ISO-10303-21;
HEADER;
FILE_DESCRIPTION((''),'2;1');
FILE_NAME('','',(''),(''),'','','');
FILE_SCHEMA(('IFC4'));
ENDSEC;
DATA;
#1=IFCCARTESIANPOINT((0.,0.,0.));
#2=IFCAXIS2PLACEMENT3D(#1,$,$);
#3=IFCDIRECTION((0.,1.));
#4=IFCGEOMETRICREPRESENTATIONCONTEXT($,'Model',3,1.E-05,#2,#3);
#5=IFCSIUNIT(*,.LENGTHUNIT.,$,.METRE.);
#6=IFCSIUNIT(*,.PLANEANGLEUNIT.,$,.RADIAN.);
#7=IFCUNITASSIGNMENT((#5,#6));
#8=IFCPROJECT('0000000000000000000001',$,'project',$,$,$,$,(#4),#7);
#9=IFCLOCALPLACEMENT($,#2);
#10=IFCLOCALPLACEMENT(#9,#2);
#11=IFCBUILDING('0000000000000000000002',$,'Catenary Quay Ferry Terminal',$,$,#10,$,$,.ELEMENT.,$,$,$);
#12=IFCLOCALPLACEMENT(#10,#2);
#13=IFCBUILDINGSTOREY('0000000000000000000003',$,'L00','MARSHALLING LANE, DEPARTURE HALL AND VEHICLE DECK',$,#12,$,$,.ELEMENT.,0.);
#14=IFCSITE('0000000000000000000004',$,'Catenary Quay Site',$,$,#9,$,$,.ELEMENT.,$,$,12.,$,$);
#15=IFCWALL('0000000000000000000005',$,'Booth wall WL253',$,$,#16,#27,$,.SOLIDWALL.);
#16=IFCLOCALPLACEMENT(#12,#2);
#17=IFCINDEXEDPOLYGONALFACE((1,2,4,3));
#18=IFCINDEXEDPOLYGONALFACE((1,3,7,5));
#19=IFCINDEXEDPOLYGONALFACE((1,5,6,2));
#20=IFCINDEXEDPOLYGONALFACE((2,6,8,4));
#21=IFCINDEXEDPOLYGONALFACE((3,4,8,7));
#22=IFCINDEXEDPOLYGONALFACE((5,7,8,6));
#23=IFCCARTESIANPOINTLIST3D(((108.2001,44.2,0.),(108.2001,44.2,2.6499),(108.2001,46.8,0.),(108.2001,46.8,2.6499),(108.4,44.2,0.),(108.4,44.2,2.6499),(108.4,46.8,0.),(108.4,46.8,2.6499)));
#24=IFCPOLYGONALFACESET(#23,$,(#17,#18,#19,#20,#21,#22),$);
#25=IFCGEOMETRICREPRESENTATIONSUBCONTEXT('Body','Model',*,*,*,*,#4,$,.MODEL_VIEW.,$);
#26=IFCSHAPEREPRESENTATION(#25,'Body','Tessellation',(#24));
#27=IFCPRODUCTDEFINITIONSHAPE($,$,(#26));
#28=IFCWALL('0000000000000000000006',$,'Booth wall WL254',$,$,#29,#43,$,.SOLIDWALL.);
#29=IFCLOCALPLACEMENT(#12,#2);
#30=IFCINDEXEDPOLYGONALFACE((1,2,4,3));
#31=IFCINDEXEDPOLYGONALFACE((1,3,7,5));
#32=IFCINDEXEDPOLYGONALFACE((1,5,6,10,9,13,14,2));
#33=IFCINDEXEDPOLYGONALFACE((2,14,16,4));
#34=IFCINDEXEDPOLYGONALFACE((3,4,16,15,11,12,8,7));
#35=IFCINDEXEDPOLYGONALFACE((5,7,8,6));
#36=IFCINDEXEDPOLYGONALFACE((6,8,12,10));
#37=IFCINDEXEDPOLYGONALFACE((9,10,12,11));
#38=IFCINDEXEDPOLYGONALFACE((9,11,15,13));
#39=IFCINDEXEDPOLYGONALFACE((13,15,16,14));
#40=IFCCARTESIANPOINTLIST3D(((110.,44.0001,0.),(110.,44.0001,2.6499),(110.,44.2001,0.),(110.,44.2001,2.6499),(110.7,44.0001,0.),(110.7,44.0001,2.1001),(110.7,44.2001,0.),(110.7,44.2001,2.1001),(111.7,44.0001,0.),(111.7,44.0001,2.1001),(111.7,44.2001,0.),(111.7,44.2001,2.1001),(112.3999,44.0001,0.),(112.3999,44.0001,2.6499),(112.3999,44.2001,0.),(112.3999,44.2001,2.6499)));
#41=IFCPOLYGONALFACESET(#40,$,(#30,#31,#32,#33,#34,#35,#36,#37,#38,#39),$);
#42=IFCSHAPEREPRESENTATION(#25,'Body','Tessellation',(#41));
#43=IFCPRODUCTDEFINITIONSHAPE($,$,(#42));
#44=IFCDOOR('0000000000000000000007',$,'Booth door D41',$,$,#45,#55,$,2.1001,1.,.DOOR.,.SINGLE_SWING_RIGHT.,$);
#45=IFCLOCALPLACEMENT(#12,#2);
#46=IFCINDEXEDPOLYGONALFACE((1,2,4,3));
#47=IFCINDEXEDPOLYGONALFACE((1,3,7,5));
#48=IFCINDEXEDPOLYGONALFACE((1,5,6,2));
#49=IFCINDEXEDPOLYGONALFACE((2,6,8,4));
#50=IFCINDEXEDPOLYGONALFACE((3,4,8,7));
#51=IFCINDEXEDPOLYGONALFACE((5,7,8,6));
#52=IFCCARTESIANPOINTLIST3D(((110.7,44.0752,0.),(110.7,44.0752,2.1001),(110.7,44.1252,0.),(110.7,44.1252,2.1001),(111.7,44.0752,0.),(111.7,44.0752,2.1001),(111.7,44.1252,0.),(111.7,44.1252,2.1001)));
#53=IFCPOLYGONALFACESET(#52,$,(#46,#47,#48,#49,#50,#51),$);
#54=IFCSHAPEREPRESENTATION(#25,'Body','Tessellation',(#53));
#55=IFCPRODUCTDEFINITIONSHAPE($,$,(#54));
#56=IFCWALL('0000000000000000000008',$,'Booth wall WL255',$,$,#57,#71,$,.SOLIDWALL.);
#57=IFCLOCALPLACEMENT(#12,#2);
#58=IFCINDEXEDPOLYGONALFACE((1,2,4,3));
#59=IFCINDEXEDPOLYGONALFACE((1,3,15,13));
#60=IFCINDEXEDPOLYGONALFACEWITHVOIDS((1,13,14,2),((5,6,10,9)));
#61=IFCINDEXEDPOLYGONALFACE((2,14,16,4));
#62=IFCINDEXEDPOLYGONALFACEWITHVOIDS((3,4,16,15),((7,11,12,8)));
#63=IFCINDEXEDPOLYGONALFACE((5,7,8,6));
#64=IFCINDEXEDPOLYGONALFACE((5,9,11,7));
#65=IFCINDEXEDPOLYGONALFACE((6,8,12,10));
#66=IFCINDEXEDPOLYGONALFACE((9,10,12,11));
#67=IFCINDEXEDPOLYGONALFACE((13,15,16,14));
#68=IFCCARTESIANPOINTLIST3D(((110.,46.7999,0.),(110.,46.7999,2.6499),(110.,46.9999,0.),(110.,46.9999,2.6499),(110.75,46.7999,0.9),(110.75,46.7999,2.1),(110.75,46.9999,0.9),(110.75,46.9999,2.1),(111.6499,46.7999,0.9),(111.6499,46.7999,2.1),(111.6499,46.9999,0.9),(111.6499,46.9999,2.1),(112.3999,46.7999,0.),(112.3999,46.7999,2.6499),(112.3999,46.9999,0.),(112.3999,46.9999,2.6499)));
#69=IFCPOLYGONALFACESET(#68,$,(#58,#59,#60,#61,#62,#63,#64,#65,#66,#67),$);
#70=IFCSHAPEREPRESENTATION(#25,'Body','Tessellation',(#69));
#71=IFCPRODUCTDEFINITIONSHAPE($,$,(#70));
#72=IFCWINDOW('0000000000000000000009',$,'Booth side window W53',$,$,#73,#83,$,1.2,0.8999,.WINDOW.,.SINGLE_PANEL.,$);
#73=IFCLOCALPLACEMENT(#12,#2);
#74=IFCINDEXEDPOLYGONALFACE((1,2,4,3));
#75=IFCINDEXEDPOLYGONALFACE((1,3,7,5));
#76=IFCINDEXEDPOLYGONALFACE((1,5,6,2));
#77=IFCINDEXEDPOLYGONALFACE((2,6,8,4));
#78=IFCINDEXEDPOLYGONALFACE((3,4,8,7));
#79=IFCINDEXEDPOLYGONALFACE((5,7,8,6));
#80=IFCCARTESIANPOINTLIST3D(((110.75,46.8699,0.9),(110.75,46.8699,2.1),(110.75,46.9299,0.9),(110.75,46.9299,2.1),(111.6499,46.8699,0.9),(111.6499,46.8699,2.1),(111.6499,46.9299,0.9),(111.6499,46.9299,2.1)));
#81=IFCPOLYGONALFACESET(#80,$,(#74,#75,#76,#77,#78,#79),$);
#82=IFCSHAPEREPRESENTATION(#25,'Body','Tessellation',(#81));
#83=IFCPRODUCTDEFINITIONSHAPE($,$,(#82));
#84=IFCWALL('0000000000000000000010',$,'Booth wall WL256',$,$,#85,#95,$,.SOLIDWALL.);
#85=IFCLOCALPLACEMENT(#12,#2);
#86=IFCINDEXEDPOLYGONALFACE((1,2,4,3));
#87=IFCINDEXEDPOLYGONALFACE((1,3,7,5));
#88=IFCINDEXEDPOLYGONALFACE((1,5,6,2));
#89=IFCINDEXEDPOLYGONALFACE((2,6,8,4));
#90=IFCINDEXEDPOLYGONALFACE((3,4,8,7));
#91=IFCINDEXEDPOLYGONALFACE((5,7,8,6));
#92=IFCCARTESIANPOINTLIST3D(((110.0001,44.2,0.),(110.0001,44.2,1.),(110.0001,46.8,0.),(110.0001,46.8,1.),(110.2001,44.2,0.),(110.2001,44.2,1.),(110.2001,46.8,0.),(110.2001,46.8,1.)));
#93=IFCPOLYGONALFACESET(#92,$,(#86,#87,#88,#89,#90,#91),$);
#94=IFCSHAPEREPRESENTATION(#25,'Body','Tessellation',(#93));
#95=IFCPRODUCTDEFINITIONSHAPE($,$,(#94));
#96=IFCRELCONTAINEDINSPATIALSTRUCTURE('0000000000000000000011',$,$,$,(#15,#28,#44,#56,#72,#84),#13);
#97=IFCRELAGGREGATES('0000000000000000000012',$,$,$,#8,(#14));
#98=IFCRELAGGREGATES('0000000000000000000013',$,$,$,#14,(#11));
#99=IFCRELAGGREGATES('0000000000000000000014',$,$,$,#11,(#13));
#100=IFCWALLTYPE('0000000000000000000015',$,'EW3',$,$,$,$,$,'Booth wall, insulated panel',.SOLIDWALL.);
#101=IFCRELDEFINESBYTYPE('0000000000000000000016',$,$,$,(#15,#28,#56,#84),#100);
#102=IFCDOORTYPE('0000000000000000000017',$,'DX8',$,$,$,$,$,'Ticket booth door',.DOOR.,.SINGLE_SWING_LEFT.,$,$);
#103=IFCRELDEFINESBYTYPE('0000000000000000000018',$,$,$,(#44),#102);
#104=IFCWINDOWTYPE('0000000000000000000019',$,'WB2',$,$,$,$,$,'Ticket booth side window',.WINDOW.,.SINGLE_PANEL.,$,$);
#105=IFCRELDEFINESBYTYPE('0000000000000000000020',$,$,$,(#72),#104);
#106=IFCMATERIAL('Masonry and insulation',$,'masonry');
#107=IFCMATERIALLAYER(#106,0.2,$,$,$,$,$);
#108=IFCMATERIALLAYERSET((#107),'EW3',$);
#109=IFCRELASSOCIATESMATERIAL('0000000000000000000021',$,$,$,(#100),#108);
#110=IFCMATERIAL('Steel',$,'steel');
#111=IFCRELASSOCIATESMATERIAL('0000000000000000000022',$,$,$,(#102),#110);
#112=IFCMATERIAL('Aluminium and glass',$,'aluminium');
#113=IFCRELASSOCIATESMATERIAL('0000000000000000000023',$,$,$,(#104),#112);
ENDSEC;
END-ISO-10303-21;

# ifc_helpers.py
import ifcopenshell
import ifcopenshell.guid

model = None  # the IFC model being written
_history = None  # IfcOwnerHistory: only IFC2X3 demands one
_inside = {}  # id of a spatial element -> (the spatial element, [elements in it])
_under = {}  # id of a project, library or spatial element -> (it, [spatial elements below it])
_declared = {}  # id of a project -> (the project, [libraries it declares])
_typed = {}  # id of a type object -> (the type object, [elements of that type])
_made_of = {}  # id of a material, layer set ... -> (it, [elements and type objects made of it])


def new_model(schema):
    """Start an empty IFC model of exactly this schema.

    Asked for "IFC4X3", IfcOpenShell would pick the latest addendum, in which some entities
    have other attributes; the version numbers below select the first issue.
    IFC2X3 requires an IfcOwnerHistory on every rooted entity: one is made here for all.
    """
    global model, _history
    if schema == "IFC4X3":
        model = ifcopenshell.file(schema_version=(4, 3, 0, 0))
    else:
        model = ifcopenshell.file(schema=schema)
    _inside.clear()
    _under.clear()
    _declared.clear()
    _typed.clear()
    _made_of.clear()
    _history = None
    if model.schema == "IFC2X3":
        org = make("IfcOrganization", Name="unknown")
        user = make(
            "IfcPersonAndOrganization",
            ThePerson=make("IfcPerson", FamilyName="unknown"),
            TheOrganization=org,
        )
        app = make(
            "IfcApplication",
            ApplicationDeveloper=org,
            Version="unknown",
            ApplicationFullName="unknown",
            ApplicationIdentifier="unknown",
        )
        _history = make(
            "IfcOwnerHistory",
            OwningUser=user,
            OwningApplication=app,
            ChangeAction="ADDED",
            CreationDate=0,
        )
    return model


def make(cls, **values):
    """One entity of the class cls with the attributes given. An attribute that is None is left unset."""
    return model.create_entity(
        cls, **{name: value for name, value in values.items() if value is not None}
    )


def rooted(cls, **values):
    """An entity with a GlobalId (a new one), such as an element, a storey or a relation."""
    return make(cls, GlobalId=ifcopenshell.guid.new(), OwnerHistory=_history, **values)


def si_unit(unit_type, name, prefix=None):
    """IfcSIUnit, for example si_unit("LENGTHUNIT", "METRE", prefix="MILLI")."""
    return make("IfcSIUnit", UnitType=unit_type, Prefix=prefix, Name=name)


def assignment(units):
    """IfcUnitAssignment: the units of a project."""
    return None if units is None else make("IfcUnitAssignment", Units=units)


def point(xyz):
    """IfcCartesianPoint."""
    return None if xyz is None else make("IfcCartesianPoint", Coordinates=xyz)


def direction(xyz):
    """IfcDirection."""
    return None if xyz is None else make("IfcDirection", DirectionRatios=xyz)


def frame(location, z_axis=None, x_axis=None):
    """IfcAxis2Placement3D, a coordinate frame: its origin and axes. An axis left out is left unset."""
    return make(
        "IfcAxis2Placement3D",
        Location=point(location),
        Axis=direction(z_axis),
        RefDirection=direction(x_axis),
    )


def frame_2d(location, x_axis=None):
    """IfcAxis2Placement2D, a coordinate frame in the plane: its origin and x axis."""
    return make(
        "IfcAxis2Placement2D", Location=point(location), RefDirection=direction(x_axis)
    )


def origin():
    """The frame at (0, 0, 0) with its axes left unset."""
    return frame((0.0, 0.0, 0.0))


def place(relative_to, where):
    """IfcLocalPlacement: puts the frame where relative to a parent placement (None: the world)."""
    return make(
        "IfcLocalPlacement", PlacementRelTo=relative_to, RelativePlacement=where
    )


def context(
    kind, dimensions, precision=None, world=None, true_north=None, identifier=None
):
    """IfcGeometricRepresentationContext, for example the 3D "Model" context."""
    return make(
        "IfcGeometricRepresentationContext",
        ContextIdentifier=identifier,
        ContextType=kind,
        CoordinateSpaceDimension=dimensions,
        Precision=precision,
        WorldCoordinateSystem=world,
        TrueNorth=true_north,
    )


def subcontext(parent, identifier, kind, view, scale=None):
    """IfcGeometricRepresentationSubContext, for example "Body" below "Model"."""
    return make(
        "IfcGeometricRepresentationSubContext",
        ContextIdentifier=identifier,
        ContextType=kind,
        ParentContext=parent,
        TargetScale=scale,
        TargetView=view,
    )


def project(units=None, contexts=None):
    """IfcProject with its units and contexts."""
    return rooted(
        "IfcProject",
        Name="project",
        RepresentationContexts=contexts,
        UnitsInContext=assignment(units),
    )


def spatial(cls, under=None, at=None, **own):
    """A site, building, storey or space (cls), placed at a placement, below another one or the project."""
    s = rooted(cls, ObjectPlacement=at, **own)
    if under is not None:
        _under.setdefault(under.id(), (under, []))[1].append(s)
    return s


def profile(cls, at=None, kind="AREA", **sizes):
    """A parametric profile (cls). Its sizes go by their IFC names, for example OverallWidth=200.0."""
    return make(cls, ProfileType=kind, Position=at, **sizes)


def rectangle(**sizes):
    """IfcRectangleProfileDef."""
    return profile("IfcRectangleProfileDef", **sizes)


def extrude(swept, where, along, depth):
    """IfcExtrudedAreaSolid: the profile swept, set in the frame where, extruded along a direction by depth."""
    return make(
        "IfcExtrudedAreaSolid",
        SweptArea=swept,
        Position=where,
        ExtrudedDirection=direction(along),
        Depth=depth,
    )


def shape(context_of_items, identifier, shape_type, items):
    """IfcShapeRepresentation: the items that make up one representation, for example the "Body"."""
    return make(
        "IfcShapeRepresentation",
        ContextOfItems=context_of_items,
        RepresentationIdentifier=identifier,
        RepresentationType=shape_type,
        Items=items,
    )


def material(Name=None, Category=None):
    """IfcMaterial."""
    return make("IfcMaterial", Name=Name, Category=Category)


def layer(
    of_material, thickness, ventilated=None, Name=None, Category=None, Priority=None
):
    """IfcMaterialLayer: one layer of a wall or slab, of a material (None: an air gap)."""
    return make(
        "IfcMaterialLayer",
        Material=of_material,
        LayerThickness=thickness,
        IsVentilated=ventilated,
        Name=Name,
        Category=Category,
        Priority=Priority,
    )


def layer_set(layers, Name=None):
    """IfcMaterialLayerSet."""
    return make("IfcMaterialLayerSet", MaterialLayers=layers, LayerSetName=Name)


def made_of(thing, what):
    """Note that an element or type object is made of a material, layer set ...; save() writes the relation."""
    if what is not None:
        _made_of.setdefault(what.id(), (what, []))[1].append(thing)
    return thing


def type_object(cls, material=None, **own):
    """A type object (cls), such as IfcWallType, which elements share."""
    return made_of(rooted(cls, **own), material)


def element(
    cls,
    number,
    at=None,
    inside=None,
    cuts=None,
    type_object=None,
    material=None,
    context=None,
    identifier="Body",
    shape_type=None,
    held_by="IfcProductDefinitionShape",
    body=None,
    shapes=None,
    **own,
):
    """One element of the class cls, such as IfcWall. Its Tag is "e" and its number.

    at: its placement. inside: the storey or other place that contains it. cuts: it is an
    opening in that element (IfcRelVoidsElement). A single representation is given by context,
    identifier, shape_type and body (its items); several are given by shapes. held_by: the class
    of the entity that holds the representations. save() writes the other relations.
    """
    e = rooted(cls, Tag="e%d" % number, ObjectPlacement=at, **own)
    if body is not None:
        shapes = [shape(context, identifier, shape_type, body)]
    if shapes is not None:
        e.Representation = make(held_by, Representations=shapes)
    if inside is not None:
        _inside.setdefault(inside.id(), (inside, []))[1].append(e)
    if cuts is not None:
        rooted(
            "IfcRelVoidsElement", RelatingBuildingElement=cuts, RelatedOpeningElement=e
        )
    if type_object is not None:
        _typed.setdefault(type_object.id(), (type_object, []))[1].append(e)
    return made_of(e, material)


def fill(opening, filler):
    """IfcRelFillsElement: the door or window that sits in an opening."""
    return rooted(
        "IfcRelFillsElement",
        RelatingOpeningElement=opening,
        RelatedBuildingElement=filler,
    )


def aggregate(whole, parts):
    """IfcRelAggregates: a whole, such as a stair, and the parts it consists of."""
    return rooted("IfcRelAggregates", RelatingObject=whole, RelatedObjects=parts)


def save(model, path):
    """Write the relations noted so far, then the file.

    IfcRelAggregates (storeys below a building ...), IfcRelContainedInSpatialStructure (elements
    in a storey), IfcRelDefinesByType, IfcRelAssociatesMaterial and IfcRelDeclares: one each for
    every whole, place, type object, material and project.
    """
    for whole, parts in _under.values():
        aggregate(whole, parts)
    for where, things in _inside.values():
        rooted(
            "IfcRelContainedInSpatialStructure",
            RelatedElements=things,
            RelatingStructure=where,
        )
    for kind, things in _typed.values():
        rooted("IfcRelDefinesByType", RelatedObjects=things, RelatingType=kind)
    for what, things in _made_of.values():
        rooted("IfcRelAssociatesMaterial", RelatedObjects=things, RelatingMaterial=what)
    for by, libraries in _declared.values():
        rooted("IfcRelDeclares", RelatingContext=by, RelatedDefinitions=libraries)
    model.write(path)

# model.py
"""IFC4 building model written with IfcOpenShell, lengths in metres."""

from ifc_helpers import new_model, si_unit, direction, frame, frame_2d, origin, place, context, subcontext, project, spatial, rectangle, extrude, material, layer, layer_set, type_object, element, fill, save


model = new_model("IFC4")

# Units and contexts
model_context = context("Model", 3, precision=1e-05, world=origin(), true_north=direction((0.0, 1.0)))
body_context = subcontext(model_context, "Body", "Model", "MODEL_VIEW")
ifc_project = project(units=[si_unit("LENGTHUNIT", "METRE"), si_unit("PLANEANGLEUNIT", "RADIAN")], contexts=[model_context])

# Site, building, storey
site_placement = place(None, origin())
site = spatial("IfcSite", under=ifc_project, at=site_placement, Name="Catenary Quay Site", CompositionType="ELEMENT", RefElevation=12.0)
building_placement = place(site_placement, origin())
building = spatial("IfcBuilding", under=site, at=building_placement, Name="Catenary Quay Ferry Terminal", CompositionType="ELEMENT")
storey_placement = place(building_placement, origin())
storey = spatial("IfcBuildingStorey", under=building, at=storey_placement, Name="L00", Description="MARSHALLING LANE, DEPARTURE HALL AND VEHICLE DECK", CompositionType="ELEMENT", Elevation=0.0)

# Shared definitions
ifc_material_1 = material(Name="Masonry and insulation", Category="masonry")
ifc_layer_1 = layer(ifc_material_1, 0.2)
ifc_layer_set_1 = layer_set([ifc_layer_1], Name="EW3")
wall_type = type_object("IfcWallType", Name="EW3", ElementType="Booth wall, insulated panel", PredefinedType="SOLIDWALL", material=ifc_layer_set_1)

# Shared definitions
ifc_material_2 = material(Name="Steel", Category="steel")
door_type = type_object("IfcDoorType", Name="DX8", ElementType="Ticket booth door", OperationType="SINGLE_SWING_LEFT", PredefinedType="DOOR", material=ifc_material_2)

# Shared definitions
ifc_material_3 = material(Name="Aluminium and glass", Category="aluminium")
window_type = type_object("IfcWindowType", Name="WB2", ElementType="Ticket booth side window", PartitioningType="SINGLE_PANEL", PredefinedType="WINDOW", material=ifc_material_3)

# Wall
wall_1_placement = place(storey_placement, frame((108.3, 44.2, 0.0), z_axis=(0.0, 0.0, 1.0), x_axis=(0.0, 1.0, 0.0)))
element("IfcWall", 1, at=wall_1_placement, inside=storey, type_object=wall_type, Name="Booth wall WL253", PredefinedType="SOLIDWALL", context=body_context, shape_type="SweptSolid", body=[
    extrude(rectangle(XDim=2.6001, YDim=0.2, at=frame_2d((1.3, 0.0))), origin(), (0.0, 0.0, 1.0), 2.6499),
])

# Wall, opening, door
wall_2_placement = place(storey_placement, frame((110.0, 44.1001, 0.0), z_axis=(0.0, 0.0, 1.0), x_axis=(1.0, 0.0, 0.0)))
wall_2 = element("IfcWall", 2, at=wall_2_placement, inside=storey, type_object=wall_type, Name="Booth wall WL254", PredefinedType="SOLIDWALL", context=body_context, shape_type="SweptSolid", body=[
    extrude(rectangle(XDim=2.3999, YDim=0.2, at=frame_2d((1.2, 0.0))), origin(), (0.0, 0.0, 1.0), 2.6499),
])
opening_1_placement = place(wall_2_placement, frame((0.7, 0.0, 0.0)))
opening_1 = element("IfcOpeningElement", 3, at=opening_1_placement, cuts=wall_2, PredefinedType="OPENING", context=body_context, shape_type="SweptSolid", body=[
    extrude(rectangle(XDim=1.0, YDim=2.1001, at=frame_2d((0.5, 1.05))), frame((0.0, 0.1099, 0.0), z_axis=(0.0, -1.0, 0.0), x_axis=(1.0, 0.0, 0.0)), (0.0, 0.0, 1.0), 0.22),
])
door_1_placement = place(opening_1_placement, frame((1.0, 0.0, 0.0), z_axis=(0.0, 0.0, 1.0), x_axis=(-1.0, 0.0, 0.0)))
door_1 = element("IfcDoor", 4, at=door_1_placement, inside=storey, type_object=door_type, Name="Booth door D41", OperationType="SINGLE_SWING_RIGHT", OverallHeight=2.1001, OverallWidth=1.0, PredefinedType="DOOR", context=body_context, shape_type="SweptSolid", body=[
    extrude(rectangle(XDim=1.0, YDim=2.1001, at=frame_2d((0.5, 1.05))), frame((0.0, 0.0249, 0.0), z_axis=(0.0, -1.0, 0.0), x_axis=(1.0, 0.0, 0.0)), (0.0, 0.0, 1.0), 0.05),
])
fill(opening_1, door_1)

# Wall, opening, window
wall_3_placement = place(storey_placement, frame((110.0, 46.8999, 0.0), z_axis=(0.0, 0.0, 1.0), x_axis=(1.0, 0.0, 0.0)))
wall_3 = element("IfcWall", 5, at=wall_3_placement, inside=storey, type_object=wall_type, Name="Booth wall WL255", PredefinedType="SOLIDWALL", context=body_context, shape_type="SweptSolid", body=[
    extrude(rectangle(XDim=2.3999, YDim=0.2, at=frame_2d((1.2, 0.0))), origin(), (0.0, 0.0, 1.0), 2.6499),
])
opening_2_placement = place(wall_3_placement, frame((0.75, 0.0, 0.8999)))
opening_2 = element("IfcOpeningElement", 6, at=opening_2_placement, cuts=wall_3, PredefinedType="OPENING", context=body_context, shape_type="SweptSolid", body=[
    extrude(rectangle(XDim=0.8999, YDim=1.2, at=frame_2d((0.45, 0.6001))), frame((0.0, 0.1099, 0.0), z_axis=(0.0, -1.0, 0.0), x_axis=(1.0, 0.0, 0.0)), (0.0, 0.0, 1.0), 0.22),
])
window_1_placement = place(opening_2_placement, origin())
window_1 = element("IfcWindow", 7, at=window_1_placement, inside=storey, type_object=window_type, Name="Booth side window W53", OverallHeight=1.2, OverallWidth=0.8999, PartitioningType="SINGLE_PANEL", PredefinedType="WINDOW", context=body_context, shape_type="SweptSolid", body=[
    extrude(rectangle(XDim=0.8999, YDim=1.2, at=frame_2d((0.45, 0.6001))), frame((0.0, 0.03, 0.0), z_axis=(0.0, -1.0, 0.0), x_axis=(1.0, 0.0, 0.0)), (0.0, 0.0, 1.0), 0.0601),
])
fill(opening_2, window_1)

# Wall
wall_4_placement = place(storey_placement, frame((110.1001, 44.2, 0.0), z_axis=(0.0, 0.0, 1.0), x_axis=(0.0, 1.0, 0.0)))
element("IfcWall", 8, at=wall_4_placement, inside=storey, type_object=wall_type, Name="Booth wall WL256", PredefinedType="SOLIDWALL", context=body_context, shape_type="SweptSolid", body=[
    extrude(rectangle(XDim=2.6001, YDim=0.2, at=frame_2d((1.3, 0.0))), origin(), (0.0, 0.0, 1.0), 1.0),
])

save(model, "model.ifc")
